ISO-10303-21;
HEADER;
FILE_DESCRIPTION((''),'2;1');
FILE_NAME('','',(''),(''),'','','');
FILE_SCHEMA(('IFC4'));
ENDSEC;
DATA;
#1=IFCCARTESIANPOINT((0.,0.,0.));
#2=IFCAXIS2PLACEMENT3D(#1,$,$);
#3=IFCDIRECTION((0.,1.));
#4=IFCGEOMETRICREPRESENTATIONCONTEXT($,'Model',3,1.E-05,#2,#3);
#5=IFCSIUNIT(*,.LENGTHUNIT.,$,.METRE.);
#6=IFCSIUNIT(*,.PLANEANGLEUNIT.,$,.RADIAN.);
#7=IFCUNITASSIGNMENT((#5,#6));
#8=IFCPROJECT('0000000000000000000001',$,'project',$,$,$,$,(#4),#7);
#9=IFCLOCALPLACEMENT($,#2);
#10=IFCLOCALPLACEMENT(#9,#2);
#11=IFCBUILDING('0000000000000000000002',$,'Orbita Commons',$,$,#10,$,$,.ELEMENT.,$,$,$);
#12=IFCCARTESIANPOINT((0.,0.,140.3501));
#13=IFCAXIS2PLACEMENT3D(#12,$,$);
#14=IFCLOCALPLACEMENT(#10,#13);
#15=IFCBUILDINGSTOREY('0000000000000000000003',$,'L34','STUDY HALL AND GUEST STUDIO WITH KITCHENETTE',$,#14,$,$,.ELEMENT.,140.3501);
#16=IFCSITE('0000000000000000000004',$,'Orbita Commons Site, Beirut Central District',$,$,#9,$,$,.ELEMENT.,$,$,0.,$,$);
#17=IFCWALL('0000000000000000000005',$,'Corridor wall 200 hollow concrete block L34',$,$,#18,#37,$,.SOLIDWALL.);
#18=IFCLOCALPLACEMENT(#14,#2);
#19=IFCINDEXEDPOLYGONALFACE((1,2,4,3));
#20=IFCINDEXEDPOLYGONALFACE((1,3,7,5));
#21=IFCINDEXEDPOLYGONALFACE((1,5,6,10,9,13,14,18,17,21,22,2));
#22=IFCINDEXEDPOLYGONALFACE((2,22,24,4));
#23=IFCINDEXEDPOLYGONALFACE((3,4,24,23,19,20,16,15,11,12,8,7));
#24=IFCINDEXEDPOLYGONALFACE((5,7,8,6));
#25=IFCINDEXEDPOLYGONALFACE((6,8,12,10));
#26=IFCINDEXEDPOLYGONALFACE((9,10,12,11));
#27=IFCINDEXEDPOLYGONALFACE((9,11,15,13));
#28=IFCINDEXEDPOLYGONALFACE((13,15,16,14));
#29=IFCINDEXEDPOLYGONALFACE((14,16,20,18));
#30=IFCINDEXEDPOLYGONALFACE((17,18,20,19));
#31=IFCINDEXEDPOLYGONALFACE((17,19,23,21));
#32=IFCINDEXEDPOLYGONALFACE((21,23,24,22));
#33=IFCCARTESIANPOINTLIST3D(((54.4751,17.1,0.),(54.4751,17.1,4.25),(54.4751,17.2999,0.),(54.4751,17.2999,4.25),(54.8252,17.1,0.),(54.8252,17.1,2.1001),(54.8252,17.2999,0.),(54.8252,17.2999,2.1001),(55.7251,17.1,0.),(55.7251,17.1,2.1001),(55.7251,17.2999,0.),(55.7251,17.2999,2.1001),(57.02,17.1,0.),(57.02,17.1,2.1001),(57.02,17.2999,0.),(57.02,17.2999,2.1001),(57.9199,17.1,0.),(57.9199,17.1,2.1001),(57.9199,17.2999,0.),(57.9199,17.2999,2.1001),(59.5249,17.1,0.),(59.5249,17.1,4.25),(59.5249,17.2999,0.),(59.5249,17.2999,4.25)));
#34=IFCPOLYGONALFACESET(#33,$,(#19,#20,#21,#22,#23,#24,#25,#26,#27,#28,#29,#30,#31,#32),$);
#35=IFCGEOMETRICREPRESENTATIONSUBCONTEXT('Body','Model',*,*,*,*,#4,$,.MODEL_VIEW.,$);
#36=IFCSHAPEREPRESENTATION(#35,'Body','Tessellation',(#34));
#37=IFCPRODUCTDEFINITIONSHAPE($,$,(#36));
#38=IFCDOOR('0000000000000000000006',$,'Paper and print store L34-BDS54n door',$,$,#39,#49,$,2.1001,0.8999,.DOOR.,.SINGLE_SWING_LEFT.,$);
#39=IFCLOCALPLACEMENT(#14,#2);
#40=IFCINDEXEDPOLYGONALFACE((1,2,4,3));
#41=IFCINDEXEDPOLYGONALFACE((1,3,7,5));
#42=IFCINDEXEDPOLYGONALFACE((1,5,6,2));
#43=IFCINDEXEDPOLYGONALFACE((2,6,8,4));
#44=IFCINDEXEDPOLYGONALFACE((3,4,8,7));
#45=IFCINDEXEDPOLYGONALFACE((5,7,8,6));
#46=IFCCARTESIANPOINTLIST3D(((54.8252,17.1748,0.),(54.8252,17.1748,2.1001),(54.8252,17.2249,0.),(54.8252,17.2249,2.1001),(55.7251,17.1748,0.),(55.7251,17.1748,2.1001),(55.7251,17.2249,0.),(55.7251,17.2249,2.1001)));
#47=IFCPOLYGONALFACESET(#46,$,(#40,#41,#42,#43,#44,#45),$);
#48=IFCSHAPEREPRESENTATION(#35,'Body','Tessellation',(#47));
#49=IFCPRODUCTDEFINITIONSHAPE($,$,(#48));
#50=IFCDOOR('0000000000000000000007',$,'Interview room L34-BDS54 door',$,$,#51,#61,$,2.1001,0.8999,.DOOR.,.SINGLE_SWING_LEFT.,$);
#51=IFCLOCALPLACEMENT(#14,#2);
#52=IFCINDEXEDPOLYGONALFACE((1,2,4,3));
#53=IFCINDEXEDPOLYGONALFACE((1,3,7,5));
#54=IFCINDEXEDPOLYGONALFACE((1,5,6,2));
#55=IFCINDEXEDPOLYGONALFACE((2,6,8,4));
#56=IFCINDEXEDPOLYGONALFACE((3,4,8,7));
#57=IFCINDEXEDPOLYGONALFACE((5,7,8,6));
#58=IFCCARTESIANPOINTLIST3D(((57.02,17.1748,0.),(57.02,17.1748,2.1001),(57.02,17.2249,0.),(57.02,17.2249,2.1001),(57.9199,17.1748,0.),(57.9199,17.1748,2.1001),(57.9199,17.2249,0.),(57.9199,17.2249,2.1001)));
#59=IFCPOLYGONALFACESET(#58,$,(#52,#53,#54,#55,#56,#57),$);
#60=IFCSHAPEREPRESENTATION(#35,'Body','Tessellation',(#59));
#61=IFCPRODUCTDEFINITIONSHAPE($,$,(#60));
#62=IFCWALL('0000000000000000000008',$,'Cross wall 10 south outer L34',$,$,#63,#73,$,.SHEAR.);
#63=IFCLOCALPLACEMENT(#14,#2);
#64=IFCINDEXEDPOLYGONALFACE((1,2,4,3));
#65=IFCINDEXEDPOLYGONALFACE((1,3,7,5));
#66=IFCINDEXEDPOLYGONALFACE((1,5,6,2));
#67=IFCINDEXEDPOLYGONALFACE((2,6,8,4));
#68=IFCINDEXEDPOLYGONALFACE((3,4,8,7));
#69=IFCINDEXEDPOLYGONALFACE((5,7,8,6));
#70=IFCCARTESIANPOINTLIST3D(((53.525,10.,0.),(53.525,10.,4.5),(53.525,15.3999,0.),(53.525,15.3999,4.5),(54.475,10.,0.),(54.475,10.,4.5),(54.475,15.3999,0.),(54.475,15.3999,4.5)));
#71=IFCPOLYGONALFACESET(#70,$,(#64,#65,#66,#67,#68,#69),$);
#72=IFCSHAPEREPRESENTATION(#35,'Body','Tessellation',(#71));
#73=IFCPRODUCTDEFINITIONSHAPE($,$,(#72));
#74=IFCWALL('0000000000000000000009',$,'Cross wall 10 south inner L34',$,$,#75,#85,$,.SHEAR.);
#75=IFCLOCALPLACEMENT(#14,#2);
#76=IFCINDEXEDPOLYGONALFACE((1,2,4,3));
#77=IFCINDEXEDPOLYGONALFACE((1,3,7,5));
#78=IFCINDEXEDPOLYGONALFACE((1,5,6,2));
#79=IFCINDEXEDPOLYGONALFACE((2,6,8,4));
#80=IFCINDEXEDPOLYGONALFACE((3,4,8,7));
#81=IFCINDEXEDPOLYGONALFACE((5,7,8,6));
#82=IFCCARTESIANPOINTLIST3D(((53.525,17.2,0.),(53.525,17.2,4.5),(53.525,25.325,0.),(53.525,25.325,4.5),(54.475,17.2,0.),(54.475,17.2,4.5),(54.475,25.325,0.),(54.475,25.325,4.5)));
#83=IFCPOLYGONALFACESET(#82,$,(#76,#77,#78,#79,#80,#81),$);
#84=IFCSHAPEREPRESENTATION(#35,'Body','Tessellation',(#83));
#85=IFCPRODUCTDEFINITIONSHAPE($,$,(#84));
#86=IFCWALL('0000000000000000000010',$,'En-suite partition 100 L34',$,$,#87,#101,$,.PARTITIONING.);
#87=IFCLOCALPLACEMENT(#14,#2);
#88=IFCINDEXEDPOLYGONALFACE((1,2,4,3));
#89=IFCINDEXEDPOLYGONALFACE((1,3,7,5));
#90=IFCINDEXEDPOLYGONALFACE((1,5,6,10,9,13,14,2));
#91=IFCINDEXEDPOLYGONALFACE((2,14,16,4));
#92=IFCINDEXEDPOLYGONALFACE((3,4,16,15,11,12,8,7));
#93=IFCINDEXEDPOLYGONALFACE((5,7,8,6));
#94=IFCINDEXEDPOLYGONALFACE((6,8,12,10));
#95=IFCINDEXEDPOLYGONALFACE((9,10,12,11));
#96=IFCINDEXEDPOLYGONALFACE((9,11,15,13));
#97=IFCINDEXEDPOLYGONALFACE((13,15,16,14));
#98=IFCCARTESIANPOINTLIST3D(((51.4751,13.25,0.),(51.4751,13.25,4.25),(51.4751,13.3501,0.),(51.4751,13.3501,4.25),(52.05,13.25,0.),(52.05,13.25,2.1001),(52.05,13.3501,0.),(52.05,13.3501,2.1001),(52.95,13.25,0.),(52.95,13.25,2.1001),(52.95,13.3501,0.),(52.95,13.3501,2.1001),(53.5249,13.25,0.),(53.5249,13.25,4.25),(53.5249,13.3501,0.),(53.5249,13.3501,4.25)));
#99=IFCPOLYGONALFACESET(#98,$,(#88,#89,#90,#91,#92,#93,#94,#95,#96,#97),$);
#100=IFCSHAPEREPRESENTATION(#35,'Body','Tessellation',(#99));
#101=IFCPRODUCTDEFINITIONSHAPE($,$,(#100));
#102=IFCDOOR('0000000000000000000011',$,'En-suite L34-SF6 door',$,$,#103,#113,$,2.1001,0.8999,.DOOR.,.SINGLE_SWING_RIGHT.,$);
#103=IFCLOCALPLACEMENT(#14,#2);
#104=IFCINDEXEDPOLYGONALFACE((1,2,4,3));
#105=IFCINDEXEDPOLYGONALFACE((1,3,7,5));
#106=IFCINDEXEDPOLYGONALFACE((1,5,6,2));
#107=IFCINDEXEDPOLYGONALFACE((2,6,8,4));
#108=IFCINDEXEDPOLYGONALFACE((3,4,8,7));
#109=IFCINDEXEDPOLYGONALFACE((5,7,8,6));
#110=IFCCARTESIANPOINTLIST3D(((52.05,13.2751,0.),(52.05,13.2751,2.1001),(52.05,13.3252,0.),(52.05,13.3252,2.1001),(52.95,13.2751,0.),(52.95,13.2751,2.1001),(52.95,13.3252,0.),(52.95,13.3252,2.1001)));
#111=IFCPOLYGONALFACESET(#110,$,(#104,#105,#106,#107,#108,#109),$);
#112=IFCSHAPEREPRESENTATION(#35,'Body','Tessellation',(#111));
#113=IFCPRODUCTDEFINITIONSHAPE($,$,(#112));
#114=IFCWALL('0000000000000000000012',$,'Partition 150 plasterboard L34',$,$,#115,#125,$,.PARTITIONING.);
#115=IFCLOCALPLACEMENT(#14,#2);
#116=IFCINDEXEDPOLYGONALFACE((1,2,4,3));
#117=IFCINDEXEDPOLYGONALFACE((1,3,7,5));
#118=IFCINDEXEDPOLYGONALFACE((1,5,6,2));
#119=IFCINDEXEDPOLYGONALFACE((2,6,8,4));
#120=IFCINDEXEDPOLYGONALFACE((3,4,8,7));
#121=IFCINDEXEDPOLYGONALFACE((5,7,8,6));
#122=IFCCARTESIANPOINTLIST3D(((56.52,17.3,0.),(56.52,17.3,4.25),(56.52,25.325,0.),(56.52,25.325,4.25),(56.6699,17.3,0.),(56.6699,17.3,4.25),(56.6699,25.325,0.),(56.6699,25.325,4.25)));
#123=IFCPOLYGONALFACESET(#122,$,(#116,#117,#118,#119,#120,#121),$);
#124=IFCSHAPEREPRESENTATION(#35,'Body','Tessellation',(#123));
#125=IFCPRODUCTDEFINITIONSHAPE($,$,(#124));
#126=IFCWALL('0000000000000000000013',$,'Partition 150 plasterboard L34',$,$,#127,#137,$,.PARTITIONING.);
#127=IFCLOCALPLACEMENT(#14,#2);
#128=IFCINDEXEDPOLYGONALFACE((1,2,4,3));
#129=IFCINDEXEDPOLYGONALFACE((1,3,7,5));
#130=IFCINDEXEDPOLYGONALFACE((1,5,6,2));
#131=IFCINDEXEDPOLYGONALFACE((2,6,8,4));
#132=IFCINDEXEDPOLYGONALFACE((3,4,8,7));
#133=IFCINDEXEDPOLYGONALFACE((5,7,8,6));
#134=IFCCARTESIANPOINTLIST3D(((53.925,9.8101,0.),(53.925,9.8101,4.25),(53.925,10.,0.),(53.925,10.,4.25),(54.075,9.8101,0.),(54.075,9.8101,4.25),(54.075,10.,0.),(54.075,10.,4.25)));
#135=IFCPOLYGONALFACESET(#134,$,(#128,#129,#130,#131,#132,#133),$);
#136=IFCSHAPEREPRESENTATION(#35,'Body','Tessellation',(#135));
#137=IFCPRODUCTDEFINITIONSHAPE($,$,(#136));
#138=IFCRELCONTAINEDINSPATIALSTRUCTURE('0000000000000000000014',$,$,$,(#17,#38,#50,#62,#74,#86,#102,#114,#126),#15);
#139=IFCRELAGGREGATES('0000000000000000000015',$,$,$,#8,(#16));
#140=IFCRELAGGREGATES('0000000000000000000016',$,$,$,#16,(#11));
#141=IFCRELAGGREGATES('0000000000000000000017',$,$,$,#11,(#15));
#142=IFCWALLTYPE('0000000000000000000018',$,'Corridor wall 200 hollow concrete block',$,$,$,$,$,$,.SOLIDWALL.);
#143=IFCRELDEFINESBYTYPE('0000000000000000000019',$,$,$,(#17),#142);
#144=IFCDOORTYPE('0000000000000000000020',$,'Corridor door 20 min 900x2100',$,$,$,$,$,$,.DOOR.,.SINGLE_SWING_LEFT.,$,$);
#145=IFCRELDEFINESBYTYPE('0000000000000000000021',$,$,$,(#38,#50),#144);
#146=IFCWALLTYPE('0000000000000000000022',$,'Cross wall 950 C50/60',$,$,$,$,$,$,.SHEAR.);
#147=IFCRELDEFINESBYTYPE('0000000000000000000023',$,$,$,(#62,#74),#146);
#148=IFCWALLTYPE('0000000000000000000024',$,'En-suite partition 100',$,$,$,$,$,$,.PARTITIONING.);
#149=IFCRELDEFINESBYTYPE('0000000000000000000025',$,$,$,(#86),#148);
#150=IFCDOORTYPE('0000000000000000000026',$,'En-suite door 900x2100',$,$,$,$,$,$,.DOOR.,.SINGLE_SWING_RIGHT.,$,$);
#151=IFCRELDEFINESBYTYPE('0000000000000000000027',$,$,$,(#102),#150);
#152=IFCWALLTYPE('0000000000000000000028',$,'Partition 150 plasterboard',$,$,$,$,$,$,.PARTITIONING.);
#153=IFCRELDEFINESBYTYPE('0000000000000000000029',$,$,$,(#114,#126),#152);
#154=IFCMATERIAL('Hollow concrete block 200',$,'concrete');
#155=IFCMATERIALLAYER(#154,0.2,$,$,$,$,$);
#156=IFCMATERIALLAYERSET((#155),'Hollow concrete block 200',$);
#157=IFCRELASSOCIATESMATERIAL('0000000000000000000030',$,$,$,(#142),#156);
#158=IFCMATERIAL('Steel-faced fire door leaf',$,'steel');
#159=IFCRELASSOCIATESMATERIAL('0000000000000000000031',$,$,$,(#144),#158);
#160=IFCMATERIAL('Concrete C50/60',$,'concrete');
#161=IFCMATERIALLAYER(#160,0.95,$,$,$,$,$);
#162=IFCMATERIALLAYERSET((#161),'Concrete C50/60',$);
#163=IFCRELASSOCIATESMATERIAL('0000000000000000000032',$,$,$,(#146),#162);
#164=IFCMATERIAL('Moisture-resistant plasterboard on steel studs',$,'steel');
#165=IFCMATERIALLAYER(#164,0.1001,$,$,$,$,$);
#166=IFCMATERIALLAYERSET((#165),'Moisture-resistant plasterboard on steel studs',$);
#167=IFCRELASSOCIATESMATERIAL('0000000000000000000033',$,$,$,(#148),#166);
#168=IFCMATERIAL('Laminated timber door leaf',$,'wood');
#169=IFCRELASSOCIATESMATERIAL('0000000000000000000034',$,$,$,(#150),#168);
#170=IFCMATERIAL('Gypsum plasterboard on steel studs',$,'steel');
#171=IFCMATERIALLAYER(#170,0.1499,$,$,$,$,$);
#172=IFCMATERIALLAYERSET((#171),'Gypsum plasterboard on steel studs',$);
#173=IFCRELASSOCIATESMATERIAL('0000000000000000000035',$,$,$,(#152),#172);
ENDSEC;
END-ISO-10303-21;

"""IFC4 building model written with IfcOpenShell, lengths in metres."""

from ifc_helpers import new_model, si_unit, direction, frame, frame_2d, origin, place, context, subcontext, project, spatial, rectangle, extrude, material, layer, layer_set, type_object, element, fill, save


model = new_model("IFC4")

# Units and contexts
model_context = context("Model", 3, precision=1e-05, world=origin(), true_north=direction((0.0, 1.0)))
body_context = subcontext(model_context, "Body", "Model", "MODEL_VIEW")
ifc_project = project(units=[si_unit("LENGTHUNIT", "METRE"), si_unit("PLANEANGLEUNIT", "RADIAN")], contexts=[model_context])

# Site, building, storey
site_placement = place(None, origin())
site = spatial("IfcSite", under=ifc_project, at=site_placement, Name="Orbita Commons Site, Beirut Central District", CompositionType="ELEMENT", RefElevation=0.0)
building_placement = place(site_placement, origin())
building = spatial("IfcBuilding", under=site, at=building_placement, Name="Orbita Commons", CompositionType="ELEMENT")
storey_placement = place(building_placement, frame((0.0, 0.0, 140.3501)))
storey = spatial("IfcBuildingStorey", under=building, at=storey_placement, Name="L34", Description="STUDY HALL AND GUEST STUDIO WITH KITCHENETTE", CompositionType="ELEMENT", Elevation=140.3501)

# Wall, openings, doors
ifc_material_1 = material(Name="Hollow concrete block 200", Category="concrete")
ifc_layer_1 = layer(ifc_material_1, 0.2)
ifc_layer_set_1 = layer_set([ifc_layer_1], Name="Hollow concrete block 200")
wall_type_1 = type_object("IfcWallType", Name="Corridor wall 200 hollow concrete block", PredefinedType="SOLIDWALL", material=ifc_layer_set_1)
wall_1_placement = place(storey_placement, frame((54.4751, 17.2, 0.0), z_axis=(0.0, 0.0, 1.0), x_axis=(1.0, 0.0, 0.0)))
wall_1 = element("IfcWall", 1, at=wall_1_placement, inside=storey, type_object=wall_type_1, Name="Corridor wall 200 hollow concrete block L34", PredefinedType="SOLIDWALL", context=body_context, shape_type="SweptSolid", body=[
    extrude(rectangle(XDim=5.0498, YDim=0.2, at=frame_2d((2.5249, 0.0))), origin(), (0.0, 0.0, 1.0), 4.25),
])
opening_1_placement = place(wall_1_placement, frame((0.3501, 0.0, 0.0)))
opening_1 = element("IfcOpeningElement", 2, at=opening_1_placement, cuts=wall_1, PredefinedType="OPENING", context=body_context, shape_type="SweptSolid", body=[
    extrude(rectangle(XDim=0.8999, YDim=2.1001, at=frame_2d((0.45, 1.05))), frame((0.0, 0.1099, 0.0), z_axis=(0.0, -1.0, 0.0), x_axis=(1.0, 0.0, 0.0)), (0.0, 0.0, 1.0), 0.22),
])
opening_2_placement = place(wall_1_placement, frame((2.5449, 0.0, 0.0)))
opening_2 = element("IfcOpeningElement", 3, at=opening_2_placement, cuts=wall_1, PredefinedType="OPENING", context=body_context, shape_type="SweptSolid", body=[
    extrude(rectangle(XDim=0.8999, YDim=2.1001, at=frame_2d((0.45, 1.05))), frame((0.0, 0.1099, 0.0), z_axis=(0.0, -1.0, 0.0), x_axis=(1.0, 0.0, 0.0)), (0.0, 0.0, 1.0), 0.22),
])
ifc_material_2 = material(Name="Steel-faced fire door leaf", Category="steel")
door_type_1 = type_object("IfcDoorType", Name="Corridor door 20 min 900x2100", OperationType="SINGLE_SWING_LEFT", PredefinedType="DOOR", material=ifc_material_2)
door_1_placement = place(opening_1_placement, origin())
door_1 = element("IfcDoor", 4, at=door_1_placement, inside=storey, type_object=door_type_1, Name="Paper and print store L34-BDS54n door", OperationType="SINGLE_SWING_LEFT", OverallHeight=2.1001, OverallWidth=0.8999, PredefinedType="DOOR", context=body_context, shape_type="SweptSolid", body=[
    extrude(rectangle(XDim=0.8999, YDim=2.1001, at=frame_2d((0.45, 1.05))), frame((0.0, 0.0249, 0.0), z_axis=(0.0, -1.0, 0.0), x_axis=(1.0, 0.0, 0.0)), (0.0, 0.0, 1.0), 0.05),
])
fill(opening_1, door_1)
door_2_placement = place(opening_2_placement, origin())
door_2 = element("IfcDoor", 5, at=door_2_placement, inside=storey, type_object=door_type_1, Name="Interview room L34-BDS54 door", OperationType="SINGLE_SWING_LEFT", OverallHeight=2.1001, OverallWidth=0.8999, PredefinedType="DOOR", context=body_context, shape_type="SweptSolid", body=[
    extrude(rectangle(XDim=0.8999, YDim=2.1001, at=frame_2d((0.45, 1.05))), frame((0.0, 0.0249, 0.0), z_axis=(0.0, -1.0, 0.0), x_axis=(1.0, 0.0, 0.0)), (0.0, 0.0, 1.0), 0.05),
])
fill(opening_2, door_2)

# Walls
ifc_material_3 = material(Name="Concrete C50/60", Category="concrete")
ifc_layer_2 = layer(ifc_material_3, 0.95)
ifc_layer_set_2 = layer_set([ifc_layer_2], Name="Concrete C50/60")
wall_type_2 = type_object("IfcWallType", Name="Cross wall 950 C50/60", PredefinedType="SHEAR", material=ifc_layer_set_2)
wall_2_placement = place(storey_placement, frame((54.0, 10.0, 0.0), z_axis=(0.0, 0.0, 1.0), x_axis=(0.0, 1.0, 0.0)))
element("IfcWall", 6, at=wall_2_placement, inside=storey, type_object=wall_type_2, Name="Cross wall 10 south outer L34", PredefinedType="SHEAR", context=body_context, shape_type="SweptSolid", body=[
    extrude(rectangle(XDim=5.3999, YDim=0.95, at=frame_2d((2.7, 0.0))), origin(), (0.0, 0.0, 1.0), 4.5),
])
wall_3_placement = place(storey_placement, frame((54.0, 17.2, 0.0), z_axis=(0.0, 0.0, 1.0), x_axis=(0.0, 1.0, 0.0)))
element("IfcWall", 7, at=wall_3_placement, inside=storey, type_object=wall_type_2, Name="Cross wall 10 south inner L34", PredefinedType="SHEAR", context=body_context, shape_type="SweptSolid", body=[
    extrude(rectangle(XDim=8.125, YDim=0.95, at=frame_2d((4.0625, 0.0))), origin(), (0.0, 0.0, 1.0), 4.5),
])

# Wall, opening, door
ifc_material_4 = material(Name="Moisture-resistant plasterboard on steel studs", Category="steel")
ifc_layer_3 = layer(ifc_material_4, 0.1001)
ifc_layer_set_3 = layer_set([ifc_layer_3], Name="Moisture-resistant plasterboard on steel studs")
wall_type_3 = type_object("IfcWallType", Name="En-suite partition 100", PredefinedType="PARTITIONING", material=ifc_layer_set_3)
wall_4_placement = place(storey_placement, frame((53.5249, 13.3, 0.0), z_axis=(0.0, 0.0, 1.0), x_axis=(-1.0, 0.0, 0.0)))
wall_4 = element("IfcWall", 8, at=wall_4_placement, inside=storey, type_object=wall_type_3, Name="En-suite partition 100 L34", PredefinedType="PARTITIONING", context=body_context, shape_type="SweptSolid", body=[
    extrude(rectangle(XDim=2.0498, YDim=0.1001, at=frame_2d((1.0249, 0.0))), origin(), (0.0, 0.0, 1.0), 4.25),
])
opening_3_placement = place(wall_4_placement, frame((0.575, 0.0, 0.0)))
opening_3 = element("IfcOpeningElement", 9, at=opening_3_placement, cuts=wall_4, PredefinedType="OPENING", context=body_context, shape_type="SweptSolid", body=[
    extrude(rectangle(XDim=0.8999, YDim=2.1001, at=frame_2d((0.45, 1.05))), frame((0.0, 0.0601, 0.0), z_axis=(0.0, -1.0, 0.0), x_axis=(1.0, 0.0, 0.0)), (0.0, 0.0, 1.0), 0.1201),
])
ifc_material_5 = material(Name="Laminated timber door leaf", Category="wood")
door_type_2 = type_object("IfcDoorType", Name="En-suite door 900x2100", OperationType="SINGLE_SWING_RIGHT", PredefinedType="DOOR", material=ifc_material_5)
door_3_placement = place(opening_3_placement, origin())
door_3 = element("IfcDoor", 10, at=door_3_placement, inside=storey, type_object=door_type_2, Name="En-suite L34-SF6 door", OperationType="SINGLE_SWING_RIGHT", OverallHeight=2.1001, OverallWidth=0.8999, PredefinedType="DOOR", context=body_context, shape_type="SweptSolid", body=[
    extrude(rectangle(XDim=0.8999, YDim=2.1001, at=frame_2d((0.45, 1.05))), frame((0.0, 0.0249, 0.0), z_axis=(0.0, -1.0, 0.0), x_axis=(1.0, 0.0, 0.0)), (0.0, 0.0, 1.0), 0.05),
])
fill(opening_3, door_3)

# Walls
ifc_material_6 = material(Name="Gypsum plasterboard on steel studs", Category="steel")
ifc_layer_4 = layer(ifc_material_6, 0.1499)
ifc_layer_set_4 = layer_set([ifc_layer_4], Name="Gypsum plasterboard on steel studs")
wall_type_4 = type_object("IfcWallType", Name="Partition 150 plasterboard", PredefinedType="PARTITIONING", material=ifc_layer_set_4)
wall_5_placement = place(storey_placement, frame((56.595, 17.3, 0.0), z_axis=(0.0, 0.0, 1.0), x_axis=(0.0, 1.0, 0.0)))
element("IfcWall", 11, at=wall_5_placement, inside=storey, type_object=wall_type_4, Name="Partition 150 plasterboard L34", PredefinedType="PARTITIONING", context=body_context, shape_type="SweptSolid", body=[
    extrude(rectangle(XDim=8.0249, YDim=0.1499, at=frame_2d((4.0125, 0.0))), origin(), (0.0, 0.0, 1.0), 4.25),
])
wall_6_placement = place(storey_placement, frame((54.0, 10.0, 0.0), z_axis=(0.0, 0.0, 1.0), x_axis=(0.0, -1.0, 0.0)))
element("IfcWall", 12, at=wall_6_placement, inside=storey, type_object=wall_type_4, Name="Partition 150 plasterboard L34", PredefinedType="PARTITIONING", context=body_context, shape_type="SweptSolid", body=[
    extrude(rectangle(XDim=0.1899, YDim=0.1499, at=frame_2d((0.095, 0.0))), origin(), (0.0, 0.0, 1.0), 4.25),
])

save(model, "model.ifc")
